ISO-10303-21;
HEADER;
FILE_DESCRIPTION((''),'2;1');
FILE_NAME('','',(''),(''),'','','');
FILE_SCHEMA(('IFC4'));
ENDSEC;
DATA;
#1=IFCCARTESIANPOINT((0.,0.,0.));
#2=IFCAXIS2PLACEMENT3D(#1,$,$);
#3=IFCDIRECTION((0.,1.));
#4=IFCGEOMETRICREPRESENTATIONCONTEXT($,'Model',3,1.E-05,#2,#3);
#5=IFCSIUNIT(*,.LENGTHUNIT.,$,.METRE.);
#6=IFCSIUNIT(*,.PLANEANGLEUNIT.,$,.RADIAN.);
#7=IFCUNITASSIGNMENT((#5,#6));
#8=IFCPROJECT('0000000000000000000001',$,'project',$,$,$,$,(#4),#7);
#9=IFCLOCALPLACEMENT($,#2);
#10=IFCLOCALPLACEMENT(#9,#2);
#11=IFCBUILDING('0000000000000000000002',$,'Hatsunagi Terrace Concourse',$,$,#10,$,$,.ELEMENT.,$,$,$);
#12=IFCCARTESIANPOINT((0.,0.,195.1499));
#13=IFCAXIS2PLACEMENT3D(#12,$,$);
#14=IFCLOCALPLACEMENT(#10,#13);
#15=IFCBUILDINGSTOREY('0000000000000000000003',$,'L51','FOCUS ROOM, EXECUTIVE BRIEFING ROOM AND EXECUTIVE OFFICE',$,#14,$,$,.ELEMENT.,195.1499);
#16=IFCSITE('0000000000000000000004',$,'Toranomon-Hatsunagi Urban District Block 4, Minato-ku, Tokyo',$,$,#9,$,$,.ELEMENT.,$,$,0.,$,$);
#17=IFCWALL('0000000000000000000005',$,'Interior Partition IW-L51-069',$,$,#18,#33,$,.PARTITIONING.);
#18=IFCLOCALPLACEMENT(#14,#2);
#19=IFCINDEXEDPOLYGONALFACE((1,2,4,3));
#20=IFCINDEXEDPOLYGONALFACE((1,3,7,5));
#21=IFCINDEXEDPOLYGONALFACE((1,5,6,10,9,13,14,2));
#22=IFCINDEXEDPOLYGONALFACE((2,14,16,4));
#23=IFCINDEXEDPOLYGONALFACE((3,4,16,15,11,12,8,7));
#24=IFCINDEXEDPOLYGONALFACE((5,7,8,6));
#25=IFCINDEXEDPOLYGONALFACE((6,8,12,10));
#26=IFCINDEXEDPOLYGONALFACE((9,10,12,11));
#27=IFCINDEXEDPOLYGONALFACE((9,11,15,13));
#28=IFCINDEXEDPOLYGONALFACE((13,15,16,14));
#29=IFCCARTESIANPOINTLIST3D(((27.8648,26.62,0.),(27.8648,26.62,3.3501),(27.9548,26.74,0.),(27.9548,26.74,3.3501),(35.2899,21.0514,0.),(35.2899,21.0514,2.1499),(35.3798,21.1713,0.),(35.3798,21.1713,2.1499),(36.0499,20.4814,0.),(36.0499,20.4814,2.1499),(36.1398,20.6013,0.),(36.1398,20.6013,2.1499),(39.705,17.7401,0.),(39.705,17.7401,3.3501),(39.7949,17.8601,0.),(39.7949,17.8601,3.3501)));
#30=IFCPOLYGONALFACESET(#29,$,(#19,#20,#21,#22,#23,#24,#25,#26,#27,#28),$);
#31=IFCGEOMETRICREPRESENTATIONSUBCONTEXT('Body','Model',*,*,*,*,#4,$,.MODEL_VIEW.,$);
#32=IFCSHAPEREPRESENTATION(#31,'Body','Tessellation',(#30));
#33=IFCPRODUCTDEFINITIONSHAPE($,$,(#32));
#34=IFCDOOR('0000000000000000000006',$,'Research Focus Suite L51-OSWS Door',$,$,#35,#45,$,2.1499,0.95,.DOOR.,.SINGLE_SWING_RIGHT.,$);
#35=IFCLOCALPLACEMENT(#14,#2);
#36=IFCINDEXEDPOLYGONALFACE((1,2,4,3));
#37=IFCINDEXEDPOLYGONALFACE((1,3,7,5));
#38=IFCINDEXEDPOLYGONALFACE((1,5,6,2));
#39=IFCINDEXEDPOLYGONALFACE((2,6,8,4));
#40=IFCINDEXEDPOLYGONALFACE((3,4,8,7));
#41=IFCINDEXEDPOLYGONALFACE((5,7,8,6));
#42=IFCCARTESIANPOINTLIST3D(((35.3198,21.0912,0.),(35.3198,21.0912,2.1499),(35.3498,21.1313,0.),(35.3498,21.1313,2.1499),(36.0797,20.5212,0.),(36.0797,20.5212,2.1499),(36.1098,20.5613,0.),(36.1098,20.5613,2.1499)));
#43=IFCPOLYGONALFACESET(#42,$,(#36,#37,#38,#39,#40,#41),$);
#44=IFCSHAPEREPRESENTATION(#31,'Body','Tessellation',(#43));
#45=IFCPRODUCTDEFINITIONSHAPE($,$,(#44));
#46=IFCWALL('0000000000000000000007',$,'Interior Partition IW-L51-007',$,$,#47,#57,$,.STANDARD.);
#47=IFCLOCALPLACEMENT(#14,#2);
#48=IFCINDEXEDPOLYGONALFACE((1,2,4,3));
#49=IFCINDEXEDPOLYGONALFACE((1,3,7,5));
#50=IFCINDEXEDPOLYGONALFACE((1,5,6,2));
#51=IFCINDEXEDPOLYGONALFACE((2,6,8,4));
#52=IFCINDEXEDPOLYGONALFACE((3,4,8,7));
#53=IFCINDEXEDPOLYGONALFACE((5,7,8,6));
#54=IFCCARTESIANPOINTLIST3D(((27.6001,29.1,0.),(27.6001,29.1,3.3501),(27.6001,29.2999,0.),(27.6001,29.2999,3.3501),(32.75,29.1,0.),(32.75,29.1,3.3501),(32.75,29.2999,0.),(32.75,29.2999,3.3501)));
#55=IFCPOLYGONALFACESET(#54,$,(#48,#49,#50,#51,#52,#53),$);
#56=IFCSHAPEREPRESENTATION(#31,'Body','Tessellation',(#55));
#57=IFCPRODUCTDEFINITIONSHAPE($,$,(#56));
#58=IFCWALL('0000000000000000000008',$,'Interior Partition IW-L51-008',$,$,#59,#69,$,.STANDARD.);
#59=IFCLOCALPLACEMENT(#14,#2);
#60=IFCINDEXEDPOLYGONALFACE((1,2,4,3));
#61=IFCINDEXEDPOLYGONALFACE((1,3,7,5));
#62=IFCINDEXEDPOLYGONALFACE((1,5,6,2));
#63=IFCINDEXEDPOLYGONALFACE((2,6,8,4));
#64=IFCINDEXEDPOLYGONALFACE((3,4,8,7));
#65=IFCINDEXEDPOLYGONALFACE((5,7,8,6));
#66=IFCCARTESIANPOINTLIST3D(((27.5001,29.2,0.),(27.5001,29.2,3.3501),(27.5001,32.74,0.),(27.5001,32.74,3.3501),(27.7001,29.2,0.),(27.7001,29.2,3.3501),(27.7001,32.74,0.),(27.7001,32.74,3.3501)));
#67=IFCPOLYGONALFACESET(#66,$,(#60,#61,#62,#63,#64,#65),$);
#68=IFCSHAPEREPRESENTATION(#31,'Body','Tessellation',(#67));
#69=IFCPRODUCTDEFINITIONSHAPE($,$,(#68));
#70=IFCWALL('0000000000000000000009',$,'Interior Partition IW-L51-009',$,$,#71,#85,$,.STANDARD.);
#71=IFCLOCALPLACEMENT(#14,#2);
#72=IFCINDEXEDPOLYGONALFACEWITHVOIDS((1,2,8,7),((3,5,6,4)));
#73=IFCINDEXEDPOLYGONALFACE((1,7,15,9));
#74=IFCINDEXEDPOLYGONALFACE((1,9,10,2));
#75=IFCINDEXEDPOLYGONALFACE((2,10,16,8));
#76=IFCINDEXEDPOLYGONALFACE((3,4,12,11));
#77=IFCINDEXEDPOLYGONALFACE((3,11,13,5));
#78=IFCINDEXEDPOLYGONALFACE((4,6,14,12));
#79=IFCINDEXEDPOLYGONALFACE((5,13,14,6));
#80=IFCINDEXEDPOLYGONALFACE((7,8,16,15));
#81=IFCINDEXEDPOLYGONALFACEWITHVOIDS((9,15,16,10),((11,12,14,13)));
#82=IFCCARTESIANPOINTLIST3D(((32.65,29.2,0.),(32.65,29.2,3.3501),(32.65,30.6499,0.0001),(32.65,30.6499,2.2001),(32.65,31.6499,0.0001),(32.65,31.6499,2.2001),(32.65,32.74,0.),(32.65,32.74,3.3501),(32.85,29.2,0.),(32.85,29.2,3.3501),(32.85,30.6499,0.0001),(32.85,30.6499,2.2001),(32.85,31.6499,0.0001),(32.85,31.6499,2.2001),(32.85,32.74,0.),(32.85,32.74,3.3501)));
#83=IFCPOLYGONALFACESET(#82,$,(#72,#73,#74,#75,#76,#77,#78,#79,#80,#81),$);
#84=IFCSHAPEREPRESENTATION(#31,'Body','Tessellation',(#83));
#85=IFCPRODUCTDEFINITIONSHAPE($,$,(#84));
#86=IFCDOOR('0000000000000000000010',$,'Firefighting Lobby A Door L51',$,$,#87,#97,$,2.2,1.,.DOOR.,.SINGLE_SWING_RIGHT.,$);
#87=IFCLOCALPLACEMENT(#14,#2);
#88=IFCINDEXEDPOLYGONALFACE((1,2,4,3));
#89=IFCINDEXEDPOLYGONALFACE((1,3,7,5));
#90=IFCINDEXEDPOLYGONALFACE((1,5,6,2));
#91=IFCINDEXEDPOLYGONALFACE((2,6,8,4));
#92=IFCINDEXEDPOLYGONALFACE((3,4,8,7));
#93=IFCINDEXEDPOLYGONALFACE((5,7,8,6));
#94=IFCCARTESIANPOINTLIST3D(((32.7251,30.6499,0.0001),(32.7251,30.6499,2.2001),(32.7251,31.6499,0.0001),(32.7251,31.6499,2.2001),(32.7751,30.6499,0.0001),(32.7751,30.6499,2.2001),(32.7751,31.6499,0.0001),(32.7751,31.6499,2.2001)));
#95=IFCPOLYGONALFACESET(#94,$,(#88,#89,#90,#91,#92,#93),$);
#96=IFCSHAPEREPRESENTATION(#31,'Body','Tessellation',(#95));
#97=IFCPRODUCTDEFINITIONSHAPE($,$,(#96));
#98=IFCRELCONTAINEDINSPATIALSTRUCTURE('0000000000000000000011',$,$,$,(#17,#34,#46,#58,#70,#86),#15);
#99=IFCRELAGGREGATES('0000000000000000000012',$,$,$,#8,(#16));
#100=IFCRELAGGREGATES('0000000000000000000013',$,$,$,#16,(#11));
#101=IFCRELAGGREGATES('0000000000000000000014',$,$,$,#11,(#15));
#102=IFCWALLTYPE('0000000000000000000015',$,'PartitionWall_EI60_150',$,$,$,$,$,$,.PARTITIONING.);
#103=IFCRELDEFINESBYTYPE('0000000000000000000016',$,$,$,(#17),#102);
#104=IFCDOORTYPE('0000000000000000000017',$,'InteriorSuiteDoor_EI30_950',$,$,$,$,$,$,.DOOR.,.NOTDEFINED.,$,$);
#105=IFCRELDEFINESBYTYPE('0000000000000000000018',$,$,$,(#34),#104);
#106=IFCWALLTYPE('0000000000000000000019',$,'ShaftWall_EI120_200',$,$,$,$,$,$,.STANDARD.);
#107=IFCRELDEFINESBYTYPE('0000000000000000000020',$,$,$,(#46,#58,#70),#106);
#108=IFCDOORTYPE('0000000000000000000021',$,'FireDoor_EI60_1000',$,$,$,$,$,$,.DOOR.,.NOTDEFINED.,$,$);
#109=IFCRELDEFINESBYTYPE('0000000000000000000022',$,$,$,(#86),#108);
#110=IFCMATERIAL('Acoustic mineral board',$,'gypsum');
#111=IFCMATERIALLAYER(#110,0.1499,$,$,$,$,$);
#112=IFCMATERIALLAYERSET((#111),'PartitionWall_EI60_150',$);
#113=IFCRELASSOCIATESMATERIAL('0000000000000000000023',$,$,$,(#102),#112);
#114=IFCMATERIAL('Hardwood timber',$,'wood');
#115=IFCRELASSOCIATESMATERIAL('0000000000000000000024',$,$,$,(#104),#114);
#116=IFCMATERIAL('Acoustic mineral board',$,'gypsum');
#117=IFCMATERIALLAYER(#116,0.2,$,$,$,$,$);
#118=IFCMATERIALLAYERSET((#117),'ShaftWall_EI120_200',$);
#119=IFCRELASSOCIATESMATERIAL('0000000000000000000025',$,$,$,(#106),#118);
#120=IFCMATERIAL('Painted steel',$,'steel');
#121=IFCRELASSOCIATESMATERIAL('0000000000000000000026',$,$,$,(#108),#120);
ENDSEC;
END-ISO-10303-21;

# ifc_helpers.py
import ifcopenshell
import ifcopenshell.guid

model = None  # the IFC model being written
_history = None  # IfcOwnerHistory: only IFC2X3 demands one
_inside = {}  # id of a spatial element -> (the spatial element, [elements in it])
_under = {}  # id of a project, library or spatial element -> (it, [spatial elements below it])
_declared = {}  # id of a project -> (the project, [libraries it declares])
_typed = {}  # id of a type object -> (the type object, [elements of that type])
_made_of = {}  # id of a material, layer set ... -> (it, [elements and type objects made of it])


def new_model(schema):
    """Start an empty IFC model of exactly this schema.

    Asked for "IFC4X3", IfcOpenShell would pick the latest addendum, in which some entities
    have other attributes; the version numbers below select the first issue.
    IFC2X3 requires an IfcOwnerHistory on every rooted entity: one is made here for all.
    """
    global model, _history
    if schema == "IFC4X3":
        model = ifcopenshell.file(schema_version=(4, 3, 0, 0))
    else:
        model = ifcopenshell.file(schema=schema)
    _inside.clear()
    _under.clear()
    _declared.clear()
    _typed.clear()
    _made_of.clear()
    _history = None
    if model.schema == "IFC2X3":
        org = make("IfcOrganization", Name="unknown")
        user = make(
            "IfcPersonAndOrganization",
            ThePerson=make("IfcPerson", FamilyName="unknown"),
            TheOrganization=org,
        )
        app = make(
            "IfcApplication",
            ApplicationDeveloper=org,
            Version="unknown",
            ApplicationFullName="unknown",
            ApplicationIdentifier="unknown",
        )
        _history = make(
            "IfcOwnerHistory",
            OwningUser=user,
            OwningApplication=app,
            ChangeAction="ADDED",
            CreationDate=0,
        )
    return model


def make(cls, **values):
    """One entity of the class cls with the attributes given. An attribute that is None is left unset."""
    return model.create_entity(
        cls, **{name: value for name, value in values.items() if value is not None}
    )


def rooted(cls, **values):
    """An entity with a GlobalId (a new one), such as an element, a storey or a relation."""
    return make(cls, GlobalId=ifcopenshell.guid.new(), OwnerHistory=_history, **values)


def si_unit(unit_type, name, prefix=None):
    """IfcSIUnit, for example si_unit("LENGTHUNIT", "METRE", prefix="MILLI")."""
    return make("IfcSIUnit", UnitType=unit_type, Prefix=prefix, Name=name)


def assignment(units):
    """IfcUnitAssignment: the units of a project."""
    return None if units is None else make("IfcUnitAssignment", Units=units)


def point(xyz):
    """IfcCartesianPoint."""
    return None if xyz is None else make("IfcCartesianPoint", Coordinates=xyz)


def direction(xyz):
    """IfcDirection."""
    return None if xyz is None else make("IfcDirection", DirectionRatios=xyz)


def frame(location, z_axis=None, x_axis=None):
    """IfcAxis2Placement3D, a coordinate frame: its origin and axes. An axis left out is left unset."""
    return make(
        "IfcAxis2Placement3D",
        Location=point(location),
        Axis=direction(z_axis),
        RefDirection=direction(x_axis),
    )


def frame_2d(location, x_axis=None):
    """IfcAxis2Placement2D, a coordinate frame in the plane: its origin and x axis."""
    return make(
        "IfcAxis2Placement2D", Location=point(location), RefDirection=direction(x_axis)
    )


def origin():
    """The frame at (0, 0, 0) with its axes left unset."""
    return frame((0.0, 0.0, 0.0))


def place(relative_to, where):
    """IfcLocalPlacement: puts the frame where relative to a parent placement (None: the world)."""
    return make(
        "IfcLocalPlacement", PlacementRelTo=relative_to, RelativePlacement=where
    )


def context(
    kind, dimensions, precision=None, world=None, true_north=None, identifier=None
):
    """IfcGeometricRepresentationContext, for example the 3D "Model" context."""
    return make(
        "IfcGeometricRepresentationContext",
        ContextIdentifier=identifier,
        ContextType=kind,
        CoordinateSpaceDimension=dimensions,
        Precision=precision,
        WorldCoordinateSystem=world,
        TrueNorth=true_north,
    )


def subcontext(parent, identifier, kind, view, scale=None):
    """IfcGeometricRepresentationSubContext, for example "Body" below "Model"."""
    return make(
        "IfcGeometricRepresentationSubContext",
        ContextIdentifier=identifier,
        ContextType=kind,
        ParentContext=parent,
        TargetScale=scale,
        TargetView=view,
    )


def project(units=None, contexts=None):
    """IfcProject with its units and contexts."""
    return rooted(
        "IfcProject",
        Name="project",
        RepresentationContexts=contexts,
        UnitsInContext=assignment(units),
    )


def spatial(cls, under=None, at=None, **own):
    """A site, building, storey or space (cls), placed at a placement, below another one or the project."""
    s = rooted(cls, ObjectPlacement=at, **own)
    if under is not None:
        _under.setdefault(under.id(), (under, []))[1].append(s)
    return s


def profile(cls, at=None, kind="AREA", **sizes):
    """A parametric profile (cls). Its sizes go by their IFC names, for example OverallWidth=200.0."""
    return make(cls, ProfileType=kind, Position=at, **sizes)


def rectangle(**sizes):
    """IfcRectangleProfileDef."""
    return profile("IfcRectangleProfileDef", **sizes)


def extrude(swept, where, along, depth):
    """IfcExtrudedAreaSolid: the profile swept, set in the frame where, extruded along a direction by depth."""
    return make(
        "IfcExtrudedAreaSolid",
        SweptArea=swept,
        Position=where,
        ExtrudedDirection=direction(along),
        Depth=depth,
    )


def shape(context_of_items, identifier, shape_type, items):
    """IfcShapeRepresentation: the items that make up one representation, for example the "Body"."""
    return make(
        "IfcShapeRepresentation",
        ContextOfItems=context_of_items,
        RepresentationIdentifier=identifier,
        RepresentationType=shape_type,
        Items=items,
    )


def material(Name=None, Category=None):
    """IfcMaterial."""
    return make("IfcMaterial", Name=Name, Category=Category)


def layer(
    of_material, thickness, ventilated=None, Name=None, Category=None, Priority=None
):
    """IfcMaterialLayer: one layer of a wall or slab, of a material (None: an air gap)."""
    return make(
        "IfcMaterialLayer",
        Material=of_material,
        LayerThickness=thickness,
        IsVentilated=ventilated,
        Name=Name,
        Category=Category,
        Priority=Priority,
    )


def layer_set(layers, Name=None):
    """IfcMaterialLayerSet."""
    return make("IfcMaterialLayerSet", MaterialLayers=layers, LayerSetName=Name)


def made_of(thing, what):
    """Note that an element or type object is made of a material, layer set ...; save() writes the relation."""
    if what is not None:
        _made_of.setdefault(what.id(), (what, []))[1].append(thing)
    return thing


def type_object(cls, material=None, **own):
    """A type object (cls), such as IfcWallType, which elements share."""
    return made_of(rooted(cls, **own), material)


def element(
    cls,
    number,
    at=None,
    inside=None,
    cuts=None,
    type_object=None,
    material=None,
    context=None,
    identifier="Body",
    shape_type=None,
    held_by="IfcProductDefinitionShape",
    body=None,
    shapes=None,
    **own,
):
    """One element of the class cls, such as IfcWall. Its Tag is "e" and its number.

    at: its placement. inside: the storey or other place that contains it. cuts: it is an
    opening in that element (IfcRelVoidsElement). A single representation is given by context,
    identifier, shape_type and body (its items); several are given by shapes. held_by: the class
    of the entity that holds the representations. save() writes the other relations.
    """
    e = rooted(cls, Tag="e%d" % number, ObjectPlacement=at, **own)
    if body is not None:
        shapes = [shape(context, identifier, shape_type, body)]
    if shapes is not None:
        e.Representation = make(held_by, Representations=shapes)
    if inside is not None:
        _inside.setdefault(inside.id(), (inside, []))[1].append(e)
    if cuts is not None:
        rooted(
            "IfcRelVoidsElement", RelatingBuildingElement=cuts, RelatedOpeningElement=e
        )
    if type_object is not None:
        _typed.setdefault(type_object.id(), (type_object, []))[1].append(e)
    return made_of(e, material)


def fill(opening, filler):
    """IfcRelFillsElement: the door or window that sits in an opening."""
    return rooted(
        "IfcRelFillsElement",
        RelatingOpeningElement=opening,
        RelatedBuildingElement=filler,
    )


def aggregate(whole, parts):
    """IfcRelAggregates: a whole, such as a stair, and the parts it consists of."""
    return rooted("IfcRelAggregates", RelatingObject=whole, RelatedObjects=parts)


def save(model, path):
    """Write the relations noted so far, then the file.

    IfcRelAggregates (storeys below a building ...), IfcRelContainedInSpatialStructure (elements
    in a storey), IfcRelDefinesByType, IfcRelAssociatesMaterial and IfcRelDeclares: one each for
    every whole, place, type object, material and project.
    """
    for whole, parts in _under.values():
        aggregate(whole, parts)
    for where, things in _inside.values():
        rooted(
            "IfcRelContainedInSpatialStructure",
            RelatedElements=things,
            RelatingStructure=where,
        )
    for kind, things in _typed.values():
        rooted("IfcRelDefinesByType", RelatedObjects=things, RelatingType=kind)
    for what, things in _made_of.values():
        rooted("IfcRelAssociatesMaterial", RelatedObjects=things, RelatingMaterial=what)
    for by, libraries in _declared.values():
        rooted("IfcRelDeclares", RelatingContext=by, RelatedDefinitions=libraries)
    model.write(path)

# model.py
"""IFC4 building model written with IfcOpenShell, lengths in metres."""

from ifc_helpers import new_model, si_unit, direction, frame, frame_2d, origin, place, context, subcontext, project, spatial, rectangle, extrude, material, layer, layer_set, type_object, element, fill, save


model = new_model("IFC4")

# Units and contexts
model_context = context("Model", 3, precision=1e-05, world=origin(), true_north=direction((0.0, 1.0)))
body_context = subcontext(model_context, "Body", "Model", "MODEL_VIEW")
ifc_project = project(units=[si_unit("LENGTHUNIT", "METRE"), si_unit("PLANEANGLEUNIT", "RADIAN")], contexts=[model_context])

# Site, building, storey
site_placement = place(None, origin())
site = spatial("IfcSite", under=ifc_project, at=site_placement, Name="Toranomon-Hatsunagi Urban District Block 4, Minato-ku, Tokyo", CompositionType="ELEMENT", RefElevation=0.0)
building_placement = place(site_placement, origin())
building = spatial("IfcBuilding", under=site, at=building_placement, Name="Hatsunagi Terrace Concourse", CompositionType="ELEMENT")
storey_placement = place(building_placement, frame((0.0, 0.0, 195.1499)))
storey = spatial("IfcBuildingStorey", under=building, at=storey_placement, Name="L51", Description="FOCUS ROOM, EXECUTIVE BRIEFING ROOM AND EXECUTIVE OFFICE", CompositionType="ELEMENT", Elevation=195.1499)

# Wall, opening, door
ifc_material_1 = material(Name="Acoustic mineral board", Category="gypsum")
ifc_layer_1 = layer(ifc_material_1, 0.1499)
ifc_layer_set_1 = layer_set([ifc_layer_1], Name="PartitionWall_EI60_150")
wall_type_1 = type_object("IfcWallType", Name="PartitionWall_EI60_150", PredefinedType="PARTITIONING", material=ifc_layer_set_1)
ifc_material_2 = material(Name="Hardwood timber", Category="wood")
door_type_1 = type_object("IfcDoorType", Name="InteriorSuiteDoor_EI30_950", OperationType="NOTDEFINED", PredefinedType="DOOR", material=ifc_material_2)
wall_1_placement = place(storey_placement, frame((27.9099, 26.6799, 0.0), z_axis=(0.0, 0.0, 1.0), x_axis=(0.800006, -0.599992, 0.0)))
wall_1 = element("IfcWall", 1, at=wall_1_placement, inside=storey, type_object=wall_type_1, Name="Interior Partition IW-L51-069", PredefinedType="PARTITIONING", context=body_context, shape_type="SweptSolid", body=[
    extrude(rectangle(XDim=14.8, YDim=0.1499, at=frame_2d((7.3999, 0.0))), origin(), (0.0, 0.0, 1.0), 3.3501),
])
opening_1_placement = place(wall_1_placement, frame((9.281, 0.0, 0.0)))
opening_1 = element("IfcOpeningElement", 2, at=opening_1_placement, cuts=wall_1, PredefinedType="OPENING", context=body_context, shape_type="SweptSolid", body=[
    extrude(rectangle(XDim=0.95, YDim=2.1499, at=frame_2d((0.4751, 1.075))), frame((0.0, 0.085, 0.0), z_axis=(0.0, -1.0, 0.0), x_axis=(1.0, 0.0, 0.0)), (0.0, 0.0, 1.0), 0.1699),
])
door_1_placement = place(opening_1_placement, origin())
door_1 = element("IfcDoor", 3, at=door_1_placement, inside=storey, type_object=door_type_1, Name="Research Focus Suite L51-OSWS Door", OperationType="SINGLE_SWING_RIGHT", OverallHeight=2.1499, OverallWidth=0.95, PredefinedType="DOOR", context=body_context, shape_type="SweptSolid", body=[
    extrude(rectangle(XDim=0.95, YDim=2.1499, at=frame_2d((0.4751, 1.075))), frame((0.0, 0.0249, 0.0), z_axis=(0.0, -1.0, 0.0), x_axis=(1.0, 0.0, 0.0)), (0.0, 0.0, 1.0), 0.05),
])
fill(opening_1, door_1)

# Walls
ifc_material_3 = material(Name="Acoustic mineral board", Category="gypsum")
ifc_layer_2 = layer(ifc_material_3, 0.2)
ifc_layer_set_2 = layer_set([ifc_layer_2], Name="ShaftWall_EI120_200")
wall_type_2 = type_object("IfcWallType", Name="ShaftWall_EI120_200", PredefinedType="STANDARD", material=ifc_layer_set_2)
wall_2_placement = place(storey_placement, frame((27.6001, 29.2, 0.0), z_axis=(0.0, 0.0, 1.0), x_axis=(1.0, 0.0, 0.0)))
element("IfcWall", 4, at=wall_2_placement, inside=storey, type_object=wall_type_2, Name="Interior Partition IW-L51-007", PredefinedType="STANDARD", context=body_context, shape_type="SweptSolid", body=[
    extrude(rectangle(XDim=5.1499, YDim=0.2, at=frame_2d((2.575, 0.0))), origin(), (0.0, 0.0, 1.0), 3.3501),
])
wall_3_placement = place(storey_placement, frame((27.6001, 29.2, 0.0), z_axis=(0.0, 0.0, 1.0), x_axis=(0.0, 1.0, 0.0)))
element("IfcWall", 5, at=wall_3_placement, inside=storey, type_object=wall_type_2, Name="Interior Partition IW-L51-008", PredefinedType="STANDARD", context=body_context, shape_type="SweptSolid", body=[
    extrude(rectangle(XDim=3.54, YDim=0.2, at=frame_2d((1.77, 0.0))), origin(), (0.0, 0.0, 1.0), 3.3501),
])

# Wall, opening, door
wall_4_placement = place(storey_placement, frame((32.75, 29.2, 0.0), z_axis=(0.0, 0.0, 1.0), x_axis=(0.0, 1.0, 0.0)))
wall_4 = element("IfcWall", 6, at=wall_4_placement, inside=storey, type_object=wall_type_2, Name="Interior Partition IW-L51-009", PredefinedType="STANDARD", context=body_context, shape_type="SweptSolid", body=[
    extrude(rectangle(XDim=3.54, YDim=0.2, at=frame_2d((1.77, 0.0))), origin(), (0.0, 0.0, 1.0), 3.3501),
])
opening_2_placement = place(wall_4_placement, frame((1.45, 0.0, 0.0)))
opening_2 = element("IfcOpeningElement", 7, at=opening_2_placement, cuts=wall_4, PredefinedType="OPENING", context=body_context, shape_type="SweptSolid", body=[
    extrude(rectangle(XDim=1.0, YDim=2.2, at=frame_2d((0.5, 1.1001))), frame((0.0, 0.1099, 0.0), z_axis=(0.0, -1.0, 0.0), x_axis=(1.0, 0.0, 0.0)), (0.0, 0.0, 1.0), 0.22),
])
ifc_material_4 = material(Name="Painted steel", Category="steel")
door_type_2 = type_object("IfcDoorType", Name="FireDoor_EI60_1000", OperationType="NOTDEFINED", PredefinedType="DOOR", material=ifc_material_4)
door_2_placement = place(opening_2_placement, origin())
door_2 = element("IfcDoor", 8, at=door_2_placement, inside=storey, type_object=door_type_2, Name="Firefighting Lobby A Door L51", OperationType="SINGLE_SWING_RIGHT", OverallHeight=2.2, OverallWidth=1.0, PredefinedType="DOOR", context=body_context, shape_type="SweptSolid", body=[
    extrude(rectangle(XDim=1.0, YDim=2.2, at=frame_2d((0.5, 1.1001))), frame((0.0, 0.0249, 0.0), z_axis=(0.0, -1.0, 0.0), x_axis=(1.0, 0.0, 0.0)), (0.0, 0.0, 1.0), 0.05),
])
fill(opening_2, door_2)

save(model, "model.ifc")
